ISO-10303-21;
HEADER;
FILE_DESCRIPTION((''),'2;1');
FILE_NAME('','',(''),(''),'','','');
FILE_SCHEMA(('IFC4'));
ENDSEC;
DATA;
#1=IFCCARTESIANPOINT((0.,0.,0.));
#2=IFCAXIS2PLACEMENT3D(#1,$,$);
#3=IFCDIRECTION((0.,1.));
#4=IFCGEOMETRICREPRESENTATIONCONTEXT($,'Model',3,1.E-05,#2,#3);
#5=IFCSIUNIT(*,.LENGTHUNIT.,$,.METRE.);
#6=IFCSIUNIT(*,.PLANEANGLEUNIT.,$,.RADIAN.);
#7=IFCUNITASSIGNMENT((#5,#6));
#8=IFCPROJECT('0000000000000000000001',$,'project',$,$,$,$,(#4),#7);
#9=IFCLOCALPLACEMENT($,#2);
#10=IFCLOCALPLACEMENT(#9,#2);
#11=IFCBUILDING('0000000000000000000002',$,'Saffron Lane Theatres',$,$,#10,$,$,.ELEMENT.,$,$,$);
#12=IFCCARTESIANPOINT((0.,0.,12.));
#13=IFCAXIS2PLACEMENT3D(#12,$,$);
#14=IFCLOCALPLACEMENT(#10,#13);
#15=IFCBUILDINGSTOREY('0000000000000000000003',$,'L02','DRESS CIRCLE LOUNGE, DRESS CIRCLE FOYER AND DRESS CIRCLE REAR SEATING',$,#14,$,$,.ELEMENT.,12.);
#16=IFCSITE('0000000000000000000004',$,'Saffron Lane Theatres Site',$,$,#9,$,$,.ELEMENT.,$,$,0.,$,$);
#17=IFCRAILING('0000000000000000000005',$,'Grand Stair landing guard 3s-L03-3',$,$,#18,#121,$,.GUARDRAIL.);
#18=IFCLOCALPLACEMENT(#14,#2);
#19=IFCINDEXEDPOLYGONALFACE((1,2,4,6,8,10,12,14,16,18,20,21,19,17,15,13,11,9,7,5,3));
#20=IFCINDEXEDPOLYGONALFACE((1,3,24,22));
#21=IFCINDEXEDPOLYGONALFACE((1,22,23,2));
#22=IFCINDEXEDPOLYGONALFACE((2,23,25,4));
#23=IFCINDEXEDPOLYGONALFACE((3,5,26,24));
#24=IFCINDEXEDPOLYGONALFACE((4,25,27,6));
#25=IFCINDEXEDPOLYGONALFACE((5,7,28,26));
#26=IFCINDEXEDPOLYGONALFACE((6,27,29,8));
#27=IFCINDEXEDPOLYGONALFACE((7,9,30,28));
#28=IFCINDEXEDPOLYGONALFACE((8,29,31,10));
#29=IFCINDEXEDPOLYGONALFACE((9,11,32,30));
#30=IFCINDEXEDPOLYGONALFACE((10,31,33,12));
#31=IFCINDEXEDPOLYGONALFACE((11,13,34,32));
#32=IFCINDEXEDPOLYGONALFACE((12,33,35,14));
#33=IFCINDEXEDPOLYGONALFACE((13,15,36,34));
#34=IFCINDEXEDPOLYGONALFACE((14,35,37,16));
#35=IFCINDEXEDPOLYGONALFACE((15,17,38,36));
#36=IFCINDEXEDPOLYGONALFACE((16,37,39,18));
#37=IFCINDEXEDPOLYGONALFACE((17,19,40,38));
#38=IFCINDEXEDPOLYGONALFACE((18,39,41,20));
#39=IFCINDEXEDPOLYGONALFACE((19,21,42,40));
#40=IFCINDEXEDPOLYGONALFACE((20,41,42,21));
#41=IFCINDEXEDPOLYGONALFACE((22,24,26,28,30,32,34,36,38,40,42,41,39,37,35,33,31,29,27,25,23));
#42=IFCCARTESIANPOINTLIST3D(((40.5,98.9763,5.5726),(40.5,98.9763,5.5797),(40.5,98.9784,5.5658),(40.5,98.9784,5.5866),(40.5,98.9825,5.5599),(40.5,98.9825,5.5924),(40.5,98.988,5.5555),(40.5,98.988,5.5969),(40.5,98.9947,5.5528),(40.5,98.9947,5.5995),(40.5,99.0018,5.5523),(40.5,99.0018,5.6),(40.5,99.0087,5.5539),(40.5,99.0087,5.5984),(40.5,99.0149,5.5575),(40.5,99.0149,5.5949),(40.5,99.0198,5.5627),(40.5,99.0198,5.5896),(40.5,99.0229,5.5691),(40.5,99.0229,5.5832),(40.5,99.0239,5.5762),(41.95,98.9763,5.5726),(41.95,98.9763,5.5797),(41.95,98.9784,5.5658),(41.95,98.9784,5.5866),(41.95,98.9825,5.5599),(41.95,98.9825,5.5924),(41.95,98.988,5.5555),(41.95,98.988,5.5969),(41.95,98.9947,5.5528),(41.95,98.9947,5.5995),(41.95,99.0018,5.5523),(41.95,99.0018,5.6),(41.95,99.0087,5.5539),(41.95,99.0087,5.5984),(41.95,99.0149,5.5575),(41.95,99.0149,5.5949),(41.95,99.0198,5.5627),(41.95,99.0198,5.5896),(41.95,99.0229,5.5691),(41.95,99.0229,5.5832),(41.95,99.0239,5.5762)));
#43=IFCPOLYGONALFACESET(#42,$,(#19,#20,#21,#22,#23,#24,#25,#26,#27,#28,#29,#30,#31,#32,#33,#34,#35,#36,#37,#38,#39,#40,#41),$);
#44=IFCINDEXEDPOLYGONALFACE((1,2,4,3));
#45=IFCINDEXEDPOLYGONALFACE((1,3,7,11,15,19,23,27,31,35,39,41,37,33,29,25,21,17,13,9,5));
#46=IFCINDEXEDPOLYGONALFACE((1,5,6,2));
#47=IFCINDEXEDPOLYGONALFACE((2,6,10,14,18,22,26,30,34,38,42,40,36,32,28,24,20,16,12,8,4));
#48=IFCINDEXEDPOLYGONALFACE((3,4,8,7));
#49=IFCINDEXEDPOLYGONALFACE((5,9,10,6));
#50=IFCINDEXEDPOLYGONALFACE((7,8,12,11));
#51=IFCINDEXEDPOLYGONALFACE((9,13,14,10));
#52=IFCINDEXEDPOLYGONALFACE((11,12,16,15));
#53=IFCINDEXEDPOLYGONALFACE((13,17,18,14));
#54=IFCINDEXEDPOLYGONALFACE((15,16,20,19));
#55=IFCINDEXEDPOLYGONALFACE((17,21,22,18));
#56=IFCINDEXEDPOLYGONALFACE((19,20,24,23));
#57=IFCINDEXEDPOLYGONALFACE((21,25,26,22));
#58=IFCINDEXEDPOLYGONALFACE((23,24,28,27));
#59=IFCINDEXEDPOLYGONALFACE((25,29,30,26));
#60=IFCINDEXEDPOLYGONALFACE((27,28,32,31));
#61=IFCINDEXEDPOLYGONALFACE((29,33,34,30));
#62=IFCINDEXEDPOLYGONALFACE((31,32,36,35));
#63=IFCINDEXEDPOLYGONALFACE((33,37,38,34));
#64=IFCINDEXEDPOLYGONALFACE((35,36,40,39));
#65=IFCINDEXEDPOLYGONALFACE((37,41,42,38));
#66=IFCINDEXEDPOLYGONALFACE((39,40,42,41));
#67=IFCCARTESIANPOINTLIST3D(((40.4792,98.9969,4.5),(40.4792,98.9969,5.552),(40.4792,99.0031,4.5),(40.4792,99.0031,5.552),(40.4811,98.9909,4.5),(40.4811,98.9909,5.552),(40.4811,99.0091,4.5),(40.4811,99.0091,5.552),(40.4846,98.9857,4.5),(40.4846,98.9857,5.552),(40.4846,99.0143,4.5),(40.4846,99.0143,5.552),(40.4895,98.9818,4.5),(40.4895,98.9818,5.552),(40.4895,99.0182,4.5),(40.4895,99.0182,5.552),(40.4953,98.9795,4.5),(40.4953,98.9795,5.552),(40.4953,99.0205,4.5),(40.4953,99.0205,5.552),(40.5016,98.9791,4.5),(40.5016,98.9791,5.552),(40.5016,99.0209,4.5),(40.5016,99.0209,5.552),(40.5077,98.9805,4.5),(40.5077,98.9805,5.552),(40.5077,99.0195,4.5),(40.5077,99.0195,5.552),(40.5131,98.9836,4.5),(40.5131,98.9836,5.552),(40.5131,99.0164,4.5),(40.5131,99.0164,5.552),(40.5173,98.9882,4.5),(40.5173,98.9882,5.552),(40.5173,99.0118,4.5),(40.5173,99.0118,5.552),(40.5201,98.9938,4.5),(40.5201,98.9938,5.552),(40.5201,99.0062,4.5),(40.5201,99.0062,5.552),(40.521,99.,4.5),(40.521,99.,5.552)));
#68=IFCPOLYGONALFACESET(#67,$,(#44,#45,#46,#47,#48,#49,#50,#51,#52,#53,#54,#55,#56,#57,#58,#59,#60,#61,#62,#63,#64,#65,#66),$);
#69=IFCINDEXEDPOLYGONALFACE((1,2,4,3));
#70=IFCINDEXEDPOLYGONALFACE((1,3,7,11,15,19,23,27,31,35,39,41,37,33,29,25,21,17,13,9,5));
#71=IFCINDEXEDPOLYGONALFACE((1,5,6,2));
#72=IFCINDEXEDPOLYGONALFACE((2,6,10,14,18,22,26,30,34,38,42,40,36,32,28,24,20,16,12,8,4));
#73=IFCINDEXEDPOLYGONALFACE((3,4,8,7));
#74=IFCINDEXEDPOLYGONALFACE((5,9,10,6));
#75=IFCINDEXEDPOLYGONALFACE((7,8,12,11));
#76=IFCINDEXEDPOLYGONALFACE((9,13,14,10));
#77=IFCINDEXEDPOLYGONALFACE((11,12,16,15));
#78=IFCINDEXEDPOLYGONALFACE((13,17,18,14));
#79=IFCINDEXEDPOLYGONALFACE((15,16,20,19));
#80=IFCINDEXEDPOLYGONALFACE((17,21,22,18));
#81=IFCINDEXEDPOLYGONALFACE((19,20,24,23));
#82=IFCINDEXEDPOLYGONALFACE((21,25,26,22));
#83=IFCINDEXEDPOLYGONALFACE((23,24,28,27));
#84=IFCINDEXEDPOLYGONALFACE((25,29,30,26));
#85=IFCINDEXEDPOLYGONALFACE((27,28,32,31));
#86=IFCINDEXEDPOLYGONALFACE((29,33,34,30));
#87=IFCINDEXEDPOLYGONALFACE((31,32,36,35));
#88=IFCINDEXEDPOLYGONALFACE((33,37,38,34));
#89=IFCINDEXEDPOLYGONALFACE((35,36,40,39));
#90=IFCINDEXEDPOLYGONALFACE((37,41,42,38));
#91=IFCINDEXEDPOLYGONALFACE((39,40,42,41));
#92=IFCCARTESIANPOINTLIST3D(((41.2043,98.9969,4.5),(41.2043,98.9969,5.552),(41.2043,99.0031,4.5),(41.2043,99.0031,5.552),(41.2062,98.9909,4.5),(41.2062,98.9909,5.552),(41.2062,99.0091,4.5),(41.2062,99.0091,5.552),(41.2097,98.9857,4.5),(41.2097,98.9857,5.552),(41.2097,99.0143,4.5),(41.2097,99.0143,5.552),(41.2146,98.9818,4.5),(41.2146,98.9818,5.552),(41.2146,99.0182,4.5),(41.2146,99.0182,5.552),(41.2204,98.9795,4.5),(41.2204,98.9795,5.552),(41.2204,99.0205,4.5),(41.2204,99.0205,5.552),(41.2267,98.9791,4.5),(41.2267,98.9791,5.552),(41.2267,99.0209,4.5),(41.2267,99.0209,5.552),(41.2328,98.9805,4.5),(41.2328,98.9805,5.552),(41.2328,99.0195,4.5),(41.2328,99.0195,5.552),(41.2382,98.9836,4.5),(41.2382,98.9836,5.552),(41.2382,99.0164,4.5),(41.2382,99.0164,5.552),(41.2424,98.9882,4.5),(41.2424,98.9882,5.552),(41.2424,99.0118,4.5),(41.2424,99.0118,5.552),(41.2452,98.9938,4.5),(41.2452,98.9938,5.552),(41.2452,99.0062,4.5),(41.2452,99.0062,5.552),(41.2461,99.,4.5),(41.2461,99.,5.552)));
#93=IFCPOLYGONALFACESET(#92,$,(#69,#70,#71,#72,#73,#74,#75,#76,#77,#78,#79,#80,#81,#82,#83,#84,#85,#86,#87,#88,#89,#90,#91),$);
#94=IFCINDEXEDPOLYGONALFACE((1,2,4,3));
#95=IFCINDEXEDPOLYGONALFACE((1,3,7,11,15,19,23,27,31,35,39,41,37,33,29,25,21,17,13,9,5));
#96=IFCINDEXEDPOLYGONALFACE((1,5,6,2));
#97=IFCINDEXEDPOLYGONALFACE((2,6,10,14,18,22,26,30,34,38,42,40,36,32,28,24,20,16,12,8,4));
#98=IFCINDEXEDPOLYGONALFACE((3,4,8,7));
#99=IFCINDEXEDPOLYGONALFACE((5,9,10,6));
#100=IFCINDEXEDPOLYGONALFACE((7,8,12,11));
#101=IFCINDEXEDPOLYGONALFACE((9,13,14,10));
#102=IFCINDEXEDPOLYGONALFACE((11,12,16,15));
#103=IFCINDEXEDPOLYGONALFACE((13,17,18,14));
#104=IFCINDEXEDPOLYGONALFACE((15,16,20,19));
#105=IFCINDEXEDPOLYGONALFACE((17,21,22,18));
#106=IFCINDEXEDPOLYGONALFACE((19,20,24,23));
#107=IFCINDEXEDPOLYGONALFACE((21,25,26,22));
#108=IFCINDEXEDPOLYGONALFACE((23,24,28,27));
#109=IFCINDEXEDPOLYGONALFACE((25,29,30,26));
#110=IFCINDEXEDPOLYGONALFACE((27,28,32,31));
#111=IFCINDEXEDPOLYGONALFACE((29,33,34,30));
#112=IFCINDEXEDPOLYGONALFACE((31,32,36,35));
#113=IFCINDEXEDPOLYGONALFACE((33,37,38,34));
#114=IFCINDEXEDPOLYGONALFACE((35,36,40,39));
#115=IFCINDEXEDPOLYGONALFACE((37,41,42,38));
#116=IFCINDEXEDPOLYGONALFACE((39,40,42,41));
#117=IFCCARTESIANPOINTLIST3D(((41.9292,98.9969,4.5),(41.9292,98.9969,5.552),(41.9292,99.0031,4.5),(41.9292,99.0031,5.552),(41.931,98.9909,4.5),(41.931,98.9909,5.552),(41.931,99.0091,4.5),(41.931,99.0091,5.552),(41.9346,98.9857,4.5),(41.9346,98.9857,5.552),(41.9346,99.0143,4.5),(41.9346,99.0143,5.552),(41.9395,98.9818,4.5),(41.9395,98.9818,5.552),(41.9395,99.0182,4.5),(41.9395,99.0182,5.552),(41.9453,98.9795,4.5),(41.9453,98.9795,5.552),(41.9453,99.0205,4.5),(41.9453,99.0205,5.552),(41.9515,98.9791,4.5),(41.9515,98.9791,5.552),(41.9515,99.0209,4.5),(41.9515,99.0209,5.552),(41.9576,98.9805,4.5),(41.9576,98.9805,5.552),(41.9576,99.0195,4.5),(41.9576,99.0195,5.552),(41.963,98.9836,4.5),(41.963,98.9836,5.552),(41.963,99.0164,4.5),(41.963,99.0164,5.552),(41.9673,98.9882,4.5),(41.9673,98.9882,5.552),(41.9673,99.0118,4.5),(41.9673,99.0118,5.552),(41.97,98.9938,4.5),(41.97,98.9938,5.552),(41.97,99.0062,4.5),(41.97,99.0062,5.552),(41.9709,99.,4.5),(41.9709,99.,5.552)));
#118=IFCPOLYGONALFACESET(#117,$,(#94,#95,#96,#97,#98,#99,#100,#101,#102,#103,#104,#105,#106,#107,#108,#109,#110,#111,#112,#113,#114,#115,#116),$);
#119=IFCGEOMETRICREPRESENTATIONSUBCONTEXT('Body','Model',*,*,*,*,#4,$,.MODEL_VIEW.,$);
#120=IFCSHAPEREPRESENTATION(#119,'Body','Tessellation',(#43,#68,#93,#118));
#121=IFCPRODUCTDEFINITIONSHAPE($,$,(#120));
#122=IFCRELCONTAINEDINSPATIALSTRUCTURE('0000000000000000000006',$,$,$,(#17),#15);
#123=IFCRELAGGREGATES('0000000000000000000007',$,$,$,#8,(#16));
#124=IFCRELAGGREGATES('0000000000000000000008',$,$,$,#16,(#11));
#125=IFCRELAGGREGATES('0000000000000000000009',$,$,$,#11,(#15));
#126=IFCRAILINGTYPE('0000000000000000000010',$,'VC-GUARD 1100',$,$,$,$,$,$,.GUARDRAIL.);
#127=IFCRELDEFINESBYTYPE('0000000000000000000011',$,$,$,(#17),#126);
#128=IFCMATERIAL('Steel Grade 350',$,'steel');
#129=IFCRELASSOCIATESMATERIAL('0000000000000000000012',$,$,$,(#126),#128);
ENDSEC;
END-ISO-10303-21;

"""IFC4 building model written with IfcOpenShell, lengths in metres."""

from ifc_helpers import new_model, si_unit, direction, frame, origin, origin_2d, place, context, subcontext, project, spatial, circle, extrude, material, type_object, element, save


model = new_model("IFC4")

# Units and contexts
model_context = context("Model", 3, precision=1e-05, world=origin(), true_north=direction((0.0, 1.0)))
body_context = subcontext(model_context, "Body", "Model", "MODEL_VIEW")
ifc_project = project(units=[si_unit("LENGTHUNIT", "METRE"), si_unit("PLANEANGLEUNIT", "RADIAN")], contexts=[model_context])

# Site, building, storey
site_placement = place(None, origin())
site = spatial("IfcSite", under=ifc_project, at=site_placement, Name="Saffron Lane Theatres Site", CompositionType="ELEMENT", RefElevation=0.0)
building_placement = place(site_placement, origin())
building = spatial("IfcBuilding", under=site, at=building_placement, Name="Saffron Lane Theatres", CompositionType="ELEMENT")
storey_placement = place(building_placement, frame((0.0, 0.0, 12.0)))
storey = spatial("IfcBuildingStorey", under=building, at=storey_placement, Name="L02", Description="DRESS CIRCLE LOUNGE, DRESS CIRCLE FOYER AND DRESS CIRCLE REAR SEATING", CompositionType="ELEMENT", Elevation=12.0)

# Railing
ifc_material_1 = material(Name="Steel Grade 350", Category="steel")
railing_type_1 = type_object("IfcRailingType", Name="VC-GUARD 1100", PredefinedType="GUARDRAIL", material=ifc_material_1)
railing_1_placement = place(storey_placement, frame((40.5, 99.0, 4.5)))
element("IfcRailing", 1, at=railing_1_placement, inside=storey, type_object=railing_type_1, Name="Grand Stair landing guard 3s-L03-3", PredefinedType="GUARDRAIL", context=body_context, shape_type="SweptSolid", body=[
    extrude(circle(Radius=0.0239, at=origin_2d()), frame((0.0, 0.0, 1.0762), z_axis=(1.0, 0.0, 0.0), x_axis=(0.0, 1.0, 0.0)), (0.0, 0.0, 1.0), 1.45),
    extrude(circle(Radius=0.021, at=origin_2d()), origin(), (0.0, 0.0, 1.0), 1.052),
    extrude(circle(Radius=0.021, at=origin_2d()), frame((0.7251, 0.0, 0.0)), (0.0, 0.0, 1.0), 1.052),
    extrude(circle(Radius=0.021, at=origin_2d()), frame((1.45, 0.0, 0.0)), (0.0, 0.0, 1.0), 1.052),
])

save(model, "model.ifc")
